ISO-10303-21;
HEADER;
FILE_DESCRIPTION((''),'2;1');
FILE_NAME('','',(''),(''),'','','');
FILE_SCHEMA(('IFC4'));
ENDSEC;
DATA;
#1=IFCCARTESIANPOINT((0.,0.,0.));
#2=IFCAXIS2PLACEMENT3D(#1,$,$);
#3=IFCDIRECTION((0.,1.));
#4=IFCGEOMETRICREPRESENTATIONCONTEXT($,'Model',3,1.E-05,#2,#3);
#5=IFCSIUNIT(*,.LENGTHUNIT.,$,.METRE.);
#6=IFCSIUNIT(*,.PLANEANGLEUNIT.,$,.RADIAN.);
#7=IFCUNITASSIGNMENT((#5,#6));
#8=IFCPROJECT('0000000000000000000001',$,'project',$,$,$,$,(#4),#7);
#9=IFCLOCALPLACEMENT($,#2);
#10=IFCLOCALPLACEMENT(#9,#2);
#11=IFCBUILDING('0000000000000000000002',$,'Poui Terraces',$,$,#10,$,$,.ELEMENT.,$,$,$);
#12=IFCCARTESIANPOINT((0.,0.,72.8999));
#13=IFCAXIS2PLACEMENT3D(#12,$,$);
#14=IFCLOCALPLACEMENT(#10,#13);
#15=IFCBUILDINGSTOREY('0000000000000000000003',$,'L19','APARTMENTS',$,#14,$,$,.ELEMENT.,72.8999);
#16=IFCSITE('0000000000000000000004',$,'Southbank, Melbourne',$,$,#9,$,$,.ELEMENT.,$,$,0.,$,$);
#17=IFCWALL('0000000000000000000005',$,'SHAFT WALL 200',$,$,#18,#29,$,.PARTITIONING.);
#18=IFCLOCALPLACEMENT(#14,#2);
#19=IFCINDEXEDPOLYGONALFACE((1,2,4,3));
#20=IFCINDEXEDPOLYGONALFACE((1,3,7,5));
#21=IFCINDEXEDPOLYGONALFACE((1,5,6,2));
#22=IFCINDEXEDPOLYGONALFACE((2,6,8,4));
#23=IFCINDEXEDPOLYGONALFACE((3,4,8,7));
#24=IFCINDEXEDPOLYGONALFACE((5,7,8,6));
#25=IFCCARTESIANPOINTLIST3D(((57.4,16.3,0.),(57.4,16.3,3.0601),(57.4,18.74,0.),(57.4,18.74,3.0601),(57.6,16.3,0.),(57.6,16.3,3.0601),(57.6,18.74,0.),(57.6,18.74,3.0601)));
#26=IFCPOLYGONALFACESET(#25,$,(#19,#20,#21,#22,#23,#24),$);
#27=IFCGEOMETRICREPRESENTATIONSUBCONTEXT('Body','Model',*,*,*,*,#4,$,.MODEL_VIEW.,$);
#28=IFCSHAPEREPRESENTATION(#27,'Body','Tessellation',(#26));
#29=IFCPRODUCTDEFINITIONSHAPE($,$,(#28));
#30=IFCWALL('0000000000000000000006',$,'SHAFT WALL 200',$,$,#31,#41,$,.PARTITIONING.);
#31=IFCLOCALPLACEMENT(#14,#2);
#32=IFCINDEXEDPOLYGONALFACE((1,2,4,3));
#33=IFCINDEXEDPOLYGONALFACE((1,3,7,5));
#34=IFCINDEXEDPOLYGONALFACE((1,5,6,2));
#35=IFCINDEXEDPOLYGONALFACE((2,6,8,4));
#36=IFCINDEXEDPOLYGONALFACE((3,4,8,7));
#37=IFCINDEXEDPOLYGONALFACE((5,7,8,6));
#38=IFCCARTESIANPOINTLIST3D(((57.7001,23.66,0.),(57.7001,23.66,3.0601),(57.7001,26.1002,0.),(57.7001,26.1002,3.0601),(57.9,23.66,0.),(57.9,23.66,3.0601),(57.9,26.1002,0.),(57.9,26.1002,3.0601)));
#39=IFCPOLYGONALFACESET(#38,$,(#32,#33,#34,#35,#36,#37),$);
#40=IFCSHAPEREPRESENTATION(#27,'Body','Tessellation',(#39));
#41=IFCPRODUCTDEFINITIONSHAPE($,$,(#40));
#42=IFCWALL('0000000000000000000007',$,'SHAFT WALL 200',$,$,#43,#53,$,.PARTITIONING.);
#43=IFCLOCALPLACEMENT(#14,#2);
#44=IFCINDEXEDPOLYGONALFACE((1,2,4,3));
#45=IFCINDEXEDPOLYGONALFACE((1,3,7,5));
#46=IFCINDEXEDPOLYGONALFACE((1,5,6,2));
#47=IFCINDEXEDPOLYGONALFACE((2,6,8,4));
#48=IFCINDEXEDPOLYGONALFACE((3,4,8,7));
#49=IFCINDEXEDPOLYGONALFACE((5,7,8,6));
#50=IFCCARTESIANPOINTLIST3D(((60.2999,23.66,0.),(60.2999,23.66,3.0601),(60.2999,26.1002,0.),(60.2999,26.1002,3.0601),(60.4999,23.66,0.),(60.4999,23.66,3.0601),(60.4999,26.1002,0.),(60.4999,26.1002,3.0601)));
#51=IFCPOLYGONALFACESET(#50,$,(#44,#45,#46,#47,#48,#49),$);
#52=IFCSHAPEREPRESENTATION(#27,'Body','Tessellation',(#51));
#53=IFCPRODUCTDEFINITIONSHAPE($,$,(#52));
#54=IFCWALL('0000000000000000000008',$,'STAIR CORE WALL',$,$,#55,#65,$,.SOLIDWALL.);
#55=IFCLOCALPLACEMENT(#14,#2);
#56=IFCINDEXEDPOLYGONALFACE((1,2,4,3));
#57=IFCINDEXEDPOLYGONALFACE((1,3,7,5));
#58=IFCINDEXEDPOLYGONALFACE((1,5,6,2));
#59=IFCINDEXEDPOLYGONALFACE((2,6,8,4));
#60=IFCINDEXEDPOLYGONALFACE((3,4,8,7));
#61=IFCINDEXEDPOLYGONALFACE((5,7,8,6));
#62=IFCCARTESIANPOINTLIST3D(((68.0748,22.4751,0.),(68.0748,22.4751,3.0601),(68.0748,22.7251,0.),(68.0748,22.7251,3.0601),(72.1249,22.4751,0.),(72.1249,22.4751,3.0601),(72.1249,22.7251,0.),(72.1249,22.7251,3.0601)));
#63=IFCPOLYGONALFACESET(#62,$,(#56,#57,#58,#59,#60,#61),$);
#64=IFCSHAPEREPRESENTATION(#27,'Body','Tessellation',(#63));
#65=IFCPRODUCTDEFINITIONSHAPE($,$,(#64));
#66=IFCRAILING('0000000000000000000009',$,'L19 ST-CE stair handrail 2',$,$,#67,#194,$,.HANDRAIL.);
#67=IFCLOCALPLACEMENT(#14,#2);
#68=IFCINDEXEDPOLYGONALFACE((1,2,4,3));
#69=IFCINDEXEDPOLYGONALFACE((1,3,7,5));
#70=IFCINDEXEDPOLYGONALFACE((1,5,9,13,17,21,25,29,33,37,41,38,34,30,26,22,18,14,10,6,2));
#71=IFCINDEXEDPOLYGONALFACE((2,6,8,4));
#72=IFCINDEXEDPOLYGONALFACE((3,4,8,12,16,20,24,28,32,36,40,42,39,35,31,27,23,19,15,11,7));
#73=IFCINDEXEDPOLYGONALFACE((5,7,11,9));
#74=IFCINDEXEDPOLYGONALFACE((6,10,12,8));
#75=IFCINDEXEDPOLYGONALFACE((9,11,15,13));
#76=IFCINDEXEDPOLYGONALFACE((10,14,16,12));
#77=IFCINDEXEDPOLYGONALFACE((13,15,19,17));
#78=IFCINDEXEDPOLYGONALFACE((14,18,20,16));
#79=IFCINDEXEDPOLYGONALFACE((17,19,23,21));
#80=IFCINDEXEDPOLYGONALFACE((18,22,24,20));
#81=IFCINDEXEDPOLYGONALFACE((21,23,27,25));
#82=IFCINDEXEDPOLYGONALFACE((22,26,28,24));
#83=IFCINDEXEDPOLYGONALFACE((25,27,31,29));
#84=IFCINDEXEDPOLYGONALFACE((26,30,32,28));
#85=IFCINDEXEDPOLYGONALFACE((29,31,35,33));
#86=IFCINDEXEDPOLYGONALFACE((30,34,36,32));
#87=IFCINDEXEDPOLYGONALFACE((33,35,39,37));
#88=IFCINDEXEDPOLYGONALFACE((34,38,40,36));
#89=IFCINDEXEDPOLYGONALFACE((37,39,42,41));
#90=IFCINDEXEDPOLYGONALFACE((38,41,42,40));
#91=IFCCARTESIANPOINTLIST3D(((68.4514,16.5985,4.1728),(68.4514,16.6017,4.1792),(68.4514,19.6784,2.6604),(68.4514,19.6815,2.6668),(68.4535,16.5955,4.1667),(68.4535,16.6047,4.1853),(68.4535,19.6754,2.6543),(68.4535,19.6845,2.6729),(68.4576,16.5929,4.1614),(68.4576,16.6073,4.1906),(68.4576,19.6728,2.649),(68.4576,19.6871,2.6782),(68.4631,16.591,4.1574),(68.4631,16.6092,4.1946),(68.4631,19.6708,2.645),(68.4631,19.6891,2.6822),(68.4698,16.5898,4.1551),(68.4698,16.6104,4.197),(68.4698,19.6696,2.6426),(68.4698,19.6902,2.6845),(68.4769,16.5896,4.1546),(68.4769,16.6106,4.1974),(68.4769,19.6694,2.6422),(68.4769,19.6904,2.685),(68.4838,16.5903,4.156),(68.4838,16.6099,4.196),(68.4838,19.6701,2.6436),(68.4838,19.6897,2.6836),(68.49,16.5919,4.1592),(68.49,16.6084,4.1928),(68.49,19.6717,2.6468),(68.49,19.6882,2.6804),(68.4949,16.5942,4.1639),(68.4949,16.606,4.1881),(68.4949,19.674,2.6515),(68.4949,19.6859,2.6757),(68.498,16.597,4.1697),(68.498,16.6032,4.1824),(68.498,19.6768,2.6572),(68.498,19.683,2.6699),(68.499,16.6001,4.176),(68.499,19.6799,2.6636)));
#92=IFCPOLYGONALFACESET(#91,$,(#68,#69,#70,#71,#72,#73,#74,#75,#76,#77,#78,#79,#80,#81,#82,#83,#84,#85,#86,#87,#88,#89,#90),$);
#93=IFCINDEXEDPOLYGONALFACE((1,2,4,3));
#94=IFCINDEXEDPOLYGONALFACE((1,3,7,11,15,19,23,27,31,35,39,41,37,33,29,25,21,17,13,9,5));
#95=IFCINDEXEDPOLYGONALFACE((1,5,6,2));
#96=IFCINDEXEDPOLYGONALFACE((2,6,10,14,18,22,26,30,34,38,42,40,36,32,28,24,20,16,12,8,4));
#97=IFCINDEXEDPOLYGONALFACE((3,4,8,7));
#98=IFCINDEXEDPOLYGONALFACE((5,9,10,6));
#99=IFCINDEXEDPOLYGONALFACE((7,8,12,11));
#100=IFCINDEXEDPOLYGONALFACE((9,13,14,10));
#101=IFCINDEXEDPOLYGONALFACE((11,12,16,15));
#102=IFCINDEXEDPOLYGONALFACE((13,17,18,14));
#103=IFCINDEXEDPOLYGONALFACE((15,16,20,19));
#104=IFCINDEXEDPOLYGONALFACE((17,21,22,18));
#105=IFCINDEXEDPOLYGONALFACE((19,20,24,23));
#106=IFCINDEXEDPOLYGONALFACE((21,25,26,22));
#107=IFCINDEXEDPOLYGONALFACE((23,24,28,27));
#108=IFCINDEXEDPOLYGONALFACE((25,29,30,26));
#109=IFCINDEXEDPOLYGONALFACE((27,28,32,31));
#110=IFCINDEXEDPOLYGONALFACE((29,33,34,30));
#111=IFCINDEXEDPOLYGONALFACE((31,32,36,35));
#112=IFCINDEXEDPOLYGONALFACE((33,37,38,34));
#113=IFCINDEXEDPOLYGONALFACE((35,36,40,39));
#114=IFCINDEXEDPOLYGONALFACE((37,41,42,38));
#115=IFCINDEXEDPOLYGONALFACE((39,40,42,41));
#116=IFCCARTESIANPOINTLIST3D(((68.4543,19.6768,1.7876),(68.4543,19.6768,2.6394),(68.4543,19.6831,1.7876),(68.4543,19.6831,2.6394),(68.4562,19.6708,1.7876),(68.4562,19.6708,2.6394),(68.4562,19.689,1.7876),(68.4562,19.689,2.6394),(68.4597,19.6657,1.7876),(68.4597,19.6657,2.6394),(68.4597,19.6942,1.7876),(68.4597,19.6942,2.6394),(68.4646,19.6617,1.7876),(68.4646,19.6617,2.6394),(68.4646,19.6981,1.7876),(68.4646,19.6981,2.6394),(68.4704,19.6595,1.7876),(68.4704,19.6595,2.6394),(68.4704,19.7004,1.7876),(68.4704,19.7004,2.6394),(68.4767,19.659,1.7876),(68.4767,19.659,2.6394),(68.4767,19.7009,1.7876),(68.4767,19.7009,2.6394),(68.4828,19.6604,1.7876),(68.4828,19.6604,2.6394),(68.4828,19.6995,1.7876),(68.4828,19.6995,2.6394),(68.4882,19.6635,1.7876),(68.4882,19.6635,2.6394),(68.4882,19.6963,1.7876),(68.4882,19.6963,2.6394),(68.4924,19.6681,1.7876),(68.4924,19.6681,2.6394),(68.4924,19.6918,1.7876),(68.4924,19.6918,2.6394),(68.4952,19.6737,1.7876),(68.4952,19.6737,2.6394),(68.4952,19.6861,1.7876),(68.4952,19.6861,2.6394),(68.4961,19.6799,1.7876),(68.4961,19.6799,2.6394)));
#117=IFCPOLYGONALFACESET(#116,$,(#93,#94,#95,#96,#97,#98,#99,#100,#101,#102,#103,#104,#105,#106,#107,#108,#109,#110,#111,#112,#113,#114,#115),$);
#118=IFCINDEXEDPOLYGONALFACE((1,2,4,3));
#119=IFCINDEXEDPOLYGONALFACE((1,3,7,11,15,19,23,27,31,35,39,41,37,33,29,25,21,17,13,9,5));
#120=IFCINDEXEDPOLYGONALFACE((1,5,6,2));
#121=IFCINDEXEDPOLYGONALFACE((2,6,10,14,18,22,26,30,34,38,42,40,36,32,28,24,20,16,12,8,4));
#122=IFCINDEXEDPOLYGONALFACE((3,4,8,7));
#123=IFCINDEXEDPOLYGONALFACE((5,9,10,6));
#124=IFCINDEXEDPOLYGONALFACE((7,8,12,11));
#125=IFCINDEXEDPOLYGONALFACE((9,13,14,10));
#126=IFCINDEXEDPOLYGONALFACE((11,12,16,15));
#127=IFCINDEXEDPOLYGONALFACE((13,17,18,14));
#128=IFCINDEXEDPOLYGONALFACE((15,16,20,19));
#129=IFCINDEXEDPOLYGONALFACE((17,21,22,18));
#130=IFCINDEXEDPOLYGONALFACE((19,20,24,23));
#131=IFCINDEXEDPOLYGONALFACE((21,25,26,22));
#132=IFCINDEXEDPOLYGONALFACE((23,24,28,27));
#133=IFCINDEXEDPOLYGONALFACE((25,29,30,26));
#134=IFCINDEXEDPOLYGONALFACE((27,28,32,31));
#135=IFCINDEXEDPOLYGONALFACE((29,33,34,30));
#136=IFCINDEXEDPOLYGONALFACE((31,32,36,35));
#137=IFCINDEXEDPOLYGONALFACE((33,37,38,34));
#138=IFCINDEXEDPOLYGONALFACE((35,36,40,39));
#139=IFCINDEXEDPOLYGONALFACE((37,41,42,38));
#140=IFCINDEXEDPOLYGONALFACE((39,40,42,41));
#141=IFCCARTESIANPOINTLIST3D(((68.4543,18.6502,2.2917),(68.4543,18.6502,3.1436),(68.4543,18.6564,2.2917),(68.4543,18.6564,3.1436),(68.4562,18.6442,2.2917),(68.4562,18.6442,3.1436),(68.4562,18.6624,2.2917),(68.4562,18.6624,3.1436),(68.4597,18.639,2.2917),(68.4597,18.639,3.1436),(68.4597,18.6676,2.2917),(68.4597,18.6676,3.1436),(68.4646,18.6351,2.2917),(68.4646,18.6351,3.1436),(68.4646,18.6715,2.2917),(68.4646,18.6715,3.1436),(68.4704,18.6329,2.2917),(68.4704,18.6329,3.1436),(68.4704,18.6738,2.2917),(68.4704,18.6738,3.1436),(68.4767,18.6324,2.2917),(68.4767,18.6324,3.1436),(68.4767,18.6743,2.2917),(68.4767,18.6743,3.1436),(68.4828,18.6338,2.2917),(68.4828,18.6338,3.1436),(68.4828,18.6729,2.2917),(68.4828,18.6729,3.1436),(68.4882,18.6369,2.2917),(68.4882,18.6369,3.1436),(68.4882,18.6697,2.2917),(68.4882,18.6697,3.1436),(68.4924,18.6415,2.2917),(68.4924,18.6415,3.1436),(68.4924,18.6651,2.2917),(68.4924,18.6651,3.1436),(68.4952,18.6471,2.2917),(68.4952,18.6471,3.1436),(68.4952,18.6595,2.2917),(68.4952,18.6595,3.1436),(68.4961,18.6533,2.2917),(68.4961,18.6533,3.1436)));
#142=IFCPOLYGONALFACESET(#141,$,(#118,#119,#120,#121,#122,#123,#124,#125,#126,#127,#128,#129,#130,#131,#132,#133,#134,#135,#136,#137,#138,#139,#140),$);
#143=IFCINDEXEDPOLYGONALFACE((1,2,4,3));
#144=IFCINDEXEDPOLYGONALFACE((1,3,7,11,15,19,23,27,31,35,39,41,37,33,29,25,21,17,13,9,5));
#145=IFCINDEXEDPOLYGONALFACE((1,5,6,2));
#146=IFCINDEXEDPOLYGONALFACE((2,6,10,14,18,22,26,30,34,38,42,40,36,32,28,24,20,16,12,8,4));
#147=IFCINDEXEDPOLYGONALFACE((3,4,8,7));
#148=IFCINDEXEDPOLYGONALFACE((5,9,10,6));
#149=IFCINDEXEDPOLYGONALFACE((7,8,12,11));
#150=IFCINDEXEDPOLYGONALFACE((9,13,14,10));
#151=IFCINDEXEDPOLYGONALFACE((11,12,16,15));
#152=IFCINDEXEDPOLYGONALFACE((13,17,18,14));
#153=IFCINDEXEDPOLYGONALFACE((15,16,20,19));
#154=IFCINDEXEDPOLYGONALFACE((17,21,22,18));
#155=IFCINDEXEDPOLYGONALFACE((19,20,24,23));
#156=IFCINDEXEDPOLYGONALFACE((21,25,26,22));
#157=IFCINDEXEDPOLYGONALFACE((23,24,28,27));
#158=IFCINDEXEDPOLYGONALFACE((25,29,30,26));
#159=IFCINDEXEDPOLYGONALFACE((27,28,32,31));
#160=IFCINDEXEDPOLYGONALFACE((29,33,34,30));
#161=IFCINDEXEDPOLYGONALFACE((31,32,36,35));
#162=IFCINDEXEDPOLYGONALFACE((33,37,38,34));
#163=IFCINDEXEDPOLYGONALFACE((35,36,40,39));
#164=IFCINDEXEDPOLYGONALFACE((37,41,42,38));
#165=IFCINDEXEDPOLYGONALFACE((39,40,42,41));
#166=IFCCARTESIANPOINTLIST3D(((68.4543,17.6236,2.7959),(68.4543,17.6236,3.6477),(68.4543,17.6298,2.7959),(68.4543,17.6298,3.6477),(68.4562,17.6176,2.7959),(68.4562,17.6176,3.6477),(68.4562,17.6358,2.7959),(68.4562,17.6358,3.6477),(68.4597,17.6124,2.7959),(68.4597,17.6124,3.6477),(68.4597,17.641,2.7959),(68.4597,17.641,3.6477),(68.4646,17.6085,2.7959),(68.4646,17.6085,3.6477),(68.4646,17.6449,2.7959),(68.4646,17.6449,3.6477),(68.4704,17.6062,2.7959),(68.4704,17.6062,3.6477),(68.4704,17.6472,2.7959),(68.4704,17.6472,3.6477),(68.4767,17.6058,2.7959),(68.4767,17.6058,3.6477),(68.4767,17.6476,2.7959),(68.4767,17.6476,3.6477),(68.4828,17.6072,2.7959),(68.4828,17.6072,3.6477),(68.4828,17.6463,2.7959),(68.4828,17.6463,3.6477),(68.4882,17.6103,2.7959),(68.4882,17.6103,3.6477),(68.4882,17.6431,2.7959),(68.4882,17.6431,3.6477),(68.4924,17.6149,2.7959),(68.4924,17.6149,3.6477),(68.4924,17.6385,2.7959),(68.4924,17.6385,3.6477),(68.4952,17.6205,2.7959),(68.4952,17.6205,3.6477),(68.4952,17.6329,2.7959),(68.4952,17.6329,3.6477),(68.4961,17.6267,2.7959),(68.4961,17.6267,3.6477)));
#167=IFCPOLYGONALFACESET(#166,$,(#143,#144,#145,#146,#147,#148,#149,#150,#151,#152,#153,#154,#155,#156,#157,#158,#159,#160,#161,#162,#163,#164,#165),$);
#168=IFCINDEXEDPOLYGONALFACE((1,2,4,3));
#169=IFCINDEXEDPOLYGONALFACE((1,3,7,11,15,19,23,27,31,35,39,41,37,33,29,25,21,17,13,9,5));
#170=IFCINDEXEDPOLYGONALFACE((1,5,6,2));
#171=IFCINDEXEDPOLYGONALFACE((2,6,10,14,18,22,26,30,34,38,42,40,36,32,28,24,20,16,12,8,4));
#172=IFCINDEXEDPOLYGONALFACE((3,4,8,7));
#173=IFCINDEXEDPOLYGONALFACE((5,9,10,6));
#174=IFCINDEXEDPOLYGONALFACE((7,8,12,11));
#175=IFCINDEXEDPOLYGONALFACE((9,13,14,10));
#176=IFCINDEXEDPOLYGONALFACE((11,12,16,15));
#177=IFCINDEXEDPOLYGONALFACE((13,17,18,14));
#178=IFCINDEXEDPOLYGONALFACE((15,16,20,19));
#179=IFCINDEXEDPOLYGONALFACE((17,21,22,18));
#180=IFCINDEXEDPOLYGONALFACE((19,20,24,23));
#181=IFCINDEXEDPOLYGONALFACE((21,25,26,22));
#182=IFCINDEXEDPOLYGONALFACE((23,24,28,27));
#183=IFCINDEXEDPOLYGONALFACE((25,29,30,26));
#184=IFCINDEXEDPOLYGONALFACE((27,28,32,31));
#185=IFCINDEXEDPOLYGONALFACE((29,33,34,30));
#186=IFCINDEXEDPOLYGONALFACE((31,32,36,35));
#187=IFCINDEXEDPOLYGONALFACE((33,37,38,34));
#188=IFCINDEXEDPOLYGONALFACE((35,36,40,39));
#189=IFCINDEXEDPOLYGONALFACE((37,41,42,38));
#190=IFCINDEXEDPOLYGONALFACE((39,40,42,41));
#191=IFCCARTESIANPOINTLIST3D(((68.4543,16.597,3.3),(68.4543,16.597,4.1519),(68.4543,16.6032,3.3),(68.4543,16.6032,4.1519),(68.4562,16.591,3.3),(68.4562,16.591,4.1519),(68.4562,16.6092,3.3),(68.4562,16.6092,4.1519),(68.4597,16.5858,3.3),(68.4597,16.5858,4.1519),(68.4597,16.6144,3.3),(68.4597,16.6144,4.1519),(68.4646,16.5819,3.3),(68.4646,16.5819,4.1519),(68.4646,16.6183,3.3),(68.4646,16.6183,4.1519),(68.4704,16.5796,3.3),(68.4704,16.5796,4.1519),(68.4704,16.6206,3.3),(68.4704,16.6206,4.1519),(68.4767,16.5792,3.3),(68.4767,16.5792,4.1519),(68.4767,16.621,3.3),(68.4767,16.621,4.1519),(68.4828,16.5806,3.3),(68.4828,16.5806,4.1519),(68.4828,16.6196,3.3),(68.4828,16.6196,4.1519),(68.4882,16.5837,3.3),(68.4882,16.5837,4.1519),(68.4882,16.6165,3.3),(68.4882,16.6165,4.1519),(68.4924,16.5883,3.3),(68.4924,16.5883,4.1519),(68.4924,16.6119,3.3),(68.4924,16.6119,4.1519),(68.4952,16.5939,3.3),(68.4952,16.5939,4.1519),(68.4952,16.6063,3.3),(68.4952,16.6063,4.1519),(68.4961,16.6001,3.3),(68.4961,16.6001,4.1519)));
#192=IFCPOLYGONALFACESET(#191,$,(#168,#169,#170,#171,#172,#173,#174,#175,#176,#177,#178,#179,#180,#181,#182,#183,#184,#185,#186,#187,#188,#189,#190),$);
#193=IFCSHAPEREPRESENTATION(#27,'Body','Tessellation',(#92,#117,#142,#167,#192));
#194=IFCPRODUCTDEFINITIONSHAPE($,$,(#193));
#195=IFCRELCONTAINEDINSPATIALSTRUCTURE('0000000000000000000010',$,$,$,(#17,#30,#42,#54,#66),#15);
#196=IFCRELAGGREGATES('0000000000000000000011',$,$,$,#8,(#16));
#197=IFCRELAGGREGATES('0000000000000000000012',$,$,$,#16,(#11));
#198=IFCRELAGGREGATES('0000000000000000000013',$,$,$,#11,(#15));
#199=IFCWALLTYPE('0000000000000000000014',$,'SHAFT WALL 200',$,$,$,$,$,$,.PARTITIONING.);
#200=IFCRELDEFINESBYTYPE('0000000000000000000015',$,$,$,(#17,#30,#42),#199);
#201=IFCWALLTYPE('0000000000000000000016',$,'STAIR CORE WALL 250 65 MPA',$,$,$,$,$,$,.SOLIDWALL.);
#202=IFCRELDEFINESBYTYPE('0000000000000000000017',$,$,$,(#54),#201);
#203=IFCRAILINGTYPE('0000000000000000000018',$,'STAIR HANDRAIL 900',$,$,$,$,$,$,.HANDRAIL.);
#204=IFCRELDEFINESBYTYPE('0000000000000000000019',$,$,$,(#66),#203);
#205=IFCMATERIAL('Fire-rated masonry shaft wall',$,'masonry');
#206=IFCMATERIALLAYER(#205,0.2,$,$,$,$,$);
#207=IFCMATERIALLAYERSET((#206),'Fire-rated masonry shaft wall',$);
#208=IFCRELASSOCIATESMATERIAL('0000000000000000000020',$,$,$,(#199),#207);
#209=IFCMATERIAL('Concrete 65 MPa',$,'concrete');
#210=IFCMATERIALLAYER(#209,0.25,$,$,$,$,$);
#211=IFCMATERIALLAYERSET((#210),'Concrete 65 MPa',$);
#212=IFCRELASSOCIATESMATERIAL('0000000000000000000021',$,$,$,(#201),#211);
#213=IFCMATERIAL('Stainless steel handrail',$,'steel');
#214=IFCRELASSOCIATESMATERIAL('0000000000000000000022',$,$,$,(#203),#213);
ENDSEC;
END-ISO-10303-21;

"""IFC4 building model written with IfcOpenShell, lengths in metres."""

from ifc_helpers import new_model, si_unit, direction, frame, frame_2d, origin, origin_2d, place, context, subcontext, project, spatial, rectangle, circle, extrude, material, layer, layer_set, type_object, element, save


model = new_model("IFC4")

# Units and contexts
model_context = context("Model", 3, precision=1e-05, world=origin(), true_north=direction((0.0, 1.0)))
body_context = subcontext(model_context, "Body", "Model", "MODEL_VIEW")
ifc_project = project(units=[si_unit("LENGTHUNIT", "METRE"), si_unit("PLANEANGLEUNIT", "RADIAN")], contexts=[model_context])

# Site, building, storey
site_placement = place(None, origin())
site = spatial("IfcSite", under=ifc_project, at=site_placement, Name="Southbank, Melbourne", CompositionType="ELEMENT", RefElevation=0.0)
building_placement = place(site_placement, origin())
building = spatial("IfcBuilding", under=site, at=building_placement, Name="Poui Terraces", CompositionType="ELEMENT")
storey_placement = place(building_placement, frame((0.0, 0.0, 72.8999)))
storey = spatial("IfcBuildingStorey", under=building, at=storey_placement, Name="L19", Description="APARTMENTS", CompositionType="ELEMENT", Elevation=72.8999)

# Shared definitions
ifc_material_1 = material(Name="Concrete 65 MPa", Category="concrete")

# Walls
ifc_material_2 = material(Name="Fire-rated masonry shaft wall", Category="masonry")
ifc_layer_1 = layer(ifc_material_2, 0.2)
ifc_layer_set_1 = layer_set([ifc_layer_1], Name="Fire-rated masonry shaft wall")
wall_type_1 = type_object("IfcWallType", Name="SHAFT WALL 200", PredefinedType="PARTITIONING", material=ifc_layer_set_1)
wall_1_placement = place(storey_placement, frame((57.5, 16.3, 0.0), z_axis=(0.0, 0.0, 1.0), x_axis=(0.0, 1.0, 0.0)))
element("IfcWall", 1, at=wall_1_placement, inside=storey, type_object=wall_type_1, Name="SHAFT WALL 200", PredefinedType="PARTITIONING", context=body_context, shape_type="SweptSolid", body=[
    extrude(rectangle(XDim=2.4399, YDim=0.2, at=frame_2d((1.22, 0.0))), origin(), (0.0, 0.0, 1.0), 3.0601),
])
for number, where, z_axis, x_axis, name in (
    (2, (57.8, 23.6599, 0.0), (0.0, 0.0, 1.0), (0.0, 1.0, 0.0), "SHAFT WALL 200"),
    (3, (60.3999, 23.6599, 0.0), (0.0, 0.0, 1.0), (0.0, 1.0, 0.0), "SHAFT WALL 200"),
):
    element("IfcWall", number, at=place(storey_placement, frame(where, z_axis=z_axis, x_axis=x_axis)), inside=storey, type_object=wall_type_1, Name=name, PredefinedType="PARTITIONING", context=body_context, shape_type="SweptSolid", body=[
        extrude(rectangle(XDim=2.4402, YDim=0.2, at=frame_2d((1.2202, 0.0))), origin(), (0.0, 0.0, 1.0), 3.0601),
    ])
ifc_layer_2 = layer(ifc_material_1, 0.25)
ifc_layer_set_2 = layer_set([ifc_layer_2], Name="Concrete 65 MPa")
wall_type_2 = type_object("IfcWallType", Name="STAIR CORE WALL 250 65 MPA", PredefinedType="SOLIDWALL", material=ifc_layer_set_2)
wall_2_placement = place(storey_placement, frame((68.075, 22.6001, 0.0), z_axis=(0.0, 0.0, 1.0), x_axis=(1.0, 0.0, 0.0)))
element("IfcWall", 4, at=wall_2_placement, inside=storey, type_object=wall_type_2, Name="STAIR CORE WALL", PredefinedType="SOLIDWALL", context=body_context, shape_type="SweptSolid", body=[
    extrude(rectangle(XDim=4.05, YDim=0.25, at=frame_2d((2.0249, 0.0))), origin(), (0.0, 0.0, 1.0), 3.0601),
])

# Railing
ifc_material_3 = material(Name="Stainless steel handrail", Category="steel")
railing_type = type_object("IfcRailingType", Name="STAIR HANDRAIL 900", PredefinedType="HANDRAIL", material=ifc_material_3)
railing_placement = place(storey_placement, frame((68.4751, 19.6799, 1.7876)))
element("IfcRailing", 5, at=railing_placement, inside=storey, type_object=railing_type, Name="L19 ST-CE stair handrail 2", PredefinedType="HANDRAIL", context=body_context, shape_type="SweptSolid", body=[
    extrude(circle(Radius=0.0239, at=origin_2d()), frame((0.0, 0.0, 0.876), z_axis=(0.0, -0.897606, 0.440798), x_axis=(1.0, 0.0, 0.0)), (0.0, 0.0, 1.0), 3.4312),
    extrude(circle(Radius=0.021, at=origin_2d()), origin(), (0.0, 0.0, 1.0), 0.8518),
    extrude(circle(Radius=0.021, at=origin_2d()), frame((0.0, -1.0266, 0.5042)), (0.0, 0.0, 1.0), 0.8518),
    extrude(circle(Radius=0.021, at=origin_2d()), frame((0.0, -2.0532, 1.0083)), (0.0, 0.0, 1.0), 0.8518),
    extrude(circle(Radius=0.021, at=origin_2d()), frame((0.0, -3.0798, 1.5125)), (0.0, 0.0, 1.0), 0.8518),
])

save(model, "model.ifc")
